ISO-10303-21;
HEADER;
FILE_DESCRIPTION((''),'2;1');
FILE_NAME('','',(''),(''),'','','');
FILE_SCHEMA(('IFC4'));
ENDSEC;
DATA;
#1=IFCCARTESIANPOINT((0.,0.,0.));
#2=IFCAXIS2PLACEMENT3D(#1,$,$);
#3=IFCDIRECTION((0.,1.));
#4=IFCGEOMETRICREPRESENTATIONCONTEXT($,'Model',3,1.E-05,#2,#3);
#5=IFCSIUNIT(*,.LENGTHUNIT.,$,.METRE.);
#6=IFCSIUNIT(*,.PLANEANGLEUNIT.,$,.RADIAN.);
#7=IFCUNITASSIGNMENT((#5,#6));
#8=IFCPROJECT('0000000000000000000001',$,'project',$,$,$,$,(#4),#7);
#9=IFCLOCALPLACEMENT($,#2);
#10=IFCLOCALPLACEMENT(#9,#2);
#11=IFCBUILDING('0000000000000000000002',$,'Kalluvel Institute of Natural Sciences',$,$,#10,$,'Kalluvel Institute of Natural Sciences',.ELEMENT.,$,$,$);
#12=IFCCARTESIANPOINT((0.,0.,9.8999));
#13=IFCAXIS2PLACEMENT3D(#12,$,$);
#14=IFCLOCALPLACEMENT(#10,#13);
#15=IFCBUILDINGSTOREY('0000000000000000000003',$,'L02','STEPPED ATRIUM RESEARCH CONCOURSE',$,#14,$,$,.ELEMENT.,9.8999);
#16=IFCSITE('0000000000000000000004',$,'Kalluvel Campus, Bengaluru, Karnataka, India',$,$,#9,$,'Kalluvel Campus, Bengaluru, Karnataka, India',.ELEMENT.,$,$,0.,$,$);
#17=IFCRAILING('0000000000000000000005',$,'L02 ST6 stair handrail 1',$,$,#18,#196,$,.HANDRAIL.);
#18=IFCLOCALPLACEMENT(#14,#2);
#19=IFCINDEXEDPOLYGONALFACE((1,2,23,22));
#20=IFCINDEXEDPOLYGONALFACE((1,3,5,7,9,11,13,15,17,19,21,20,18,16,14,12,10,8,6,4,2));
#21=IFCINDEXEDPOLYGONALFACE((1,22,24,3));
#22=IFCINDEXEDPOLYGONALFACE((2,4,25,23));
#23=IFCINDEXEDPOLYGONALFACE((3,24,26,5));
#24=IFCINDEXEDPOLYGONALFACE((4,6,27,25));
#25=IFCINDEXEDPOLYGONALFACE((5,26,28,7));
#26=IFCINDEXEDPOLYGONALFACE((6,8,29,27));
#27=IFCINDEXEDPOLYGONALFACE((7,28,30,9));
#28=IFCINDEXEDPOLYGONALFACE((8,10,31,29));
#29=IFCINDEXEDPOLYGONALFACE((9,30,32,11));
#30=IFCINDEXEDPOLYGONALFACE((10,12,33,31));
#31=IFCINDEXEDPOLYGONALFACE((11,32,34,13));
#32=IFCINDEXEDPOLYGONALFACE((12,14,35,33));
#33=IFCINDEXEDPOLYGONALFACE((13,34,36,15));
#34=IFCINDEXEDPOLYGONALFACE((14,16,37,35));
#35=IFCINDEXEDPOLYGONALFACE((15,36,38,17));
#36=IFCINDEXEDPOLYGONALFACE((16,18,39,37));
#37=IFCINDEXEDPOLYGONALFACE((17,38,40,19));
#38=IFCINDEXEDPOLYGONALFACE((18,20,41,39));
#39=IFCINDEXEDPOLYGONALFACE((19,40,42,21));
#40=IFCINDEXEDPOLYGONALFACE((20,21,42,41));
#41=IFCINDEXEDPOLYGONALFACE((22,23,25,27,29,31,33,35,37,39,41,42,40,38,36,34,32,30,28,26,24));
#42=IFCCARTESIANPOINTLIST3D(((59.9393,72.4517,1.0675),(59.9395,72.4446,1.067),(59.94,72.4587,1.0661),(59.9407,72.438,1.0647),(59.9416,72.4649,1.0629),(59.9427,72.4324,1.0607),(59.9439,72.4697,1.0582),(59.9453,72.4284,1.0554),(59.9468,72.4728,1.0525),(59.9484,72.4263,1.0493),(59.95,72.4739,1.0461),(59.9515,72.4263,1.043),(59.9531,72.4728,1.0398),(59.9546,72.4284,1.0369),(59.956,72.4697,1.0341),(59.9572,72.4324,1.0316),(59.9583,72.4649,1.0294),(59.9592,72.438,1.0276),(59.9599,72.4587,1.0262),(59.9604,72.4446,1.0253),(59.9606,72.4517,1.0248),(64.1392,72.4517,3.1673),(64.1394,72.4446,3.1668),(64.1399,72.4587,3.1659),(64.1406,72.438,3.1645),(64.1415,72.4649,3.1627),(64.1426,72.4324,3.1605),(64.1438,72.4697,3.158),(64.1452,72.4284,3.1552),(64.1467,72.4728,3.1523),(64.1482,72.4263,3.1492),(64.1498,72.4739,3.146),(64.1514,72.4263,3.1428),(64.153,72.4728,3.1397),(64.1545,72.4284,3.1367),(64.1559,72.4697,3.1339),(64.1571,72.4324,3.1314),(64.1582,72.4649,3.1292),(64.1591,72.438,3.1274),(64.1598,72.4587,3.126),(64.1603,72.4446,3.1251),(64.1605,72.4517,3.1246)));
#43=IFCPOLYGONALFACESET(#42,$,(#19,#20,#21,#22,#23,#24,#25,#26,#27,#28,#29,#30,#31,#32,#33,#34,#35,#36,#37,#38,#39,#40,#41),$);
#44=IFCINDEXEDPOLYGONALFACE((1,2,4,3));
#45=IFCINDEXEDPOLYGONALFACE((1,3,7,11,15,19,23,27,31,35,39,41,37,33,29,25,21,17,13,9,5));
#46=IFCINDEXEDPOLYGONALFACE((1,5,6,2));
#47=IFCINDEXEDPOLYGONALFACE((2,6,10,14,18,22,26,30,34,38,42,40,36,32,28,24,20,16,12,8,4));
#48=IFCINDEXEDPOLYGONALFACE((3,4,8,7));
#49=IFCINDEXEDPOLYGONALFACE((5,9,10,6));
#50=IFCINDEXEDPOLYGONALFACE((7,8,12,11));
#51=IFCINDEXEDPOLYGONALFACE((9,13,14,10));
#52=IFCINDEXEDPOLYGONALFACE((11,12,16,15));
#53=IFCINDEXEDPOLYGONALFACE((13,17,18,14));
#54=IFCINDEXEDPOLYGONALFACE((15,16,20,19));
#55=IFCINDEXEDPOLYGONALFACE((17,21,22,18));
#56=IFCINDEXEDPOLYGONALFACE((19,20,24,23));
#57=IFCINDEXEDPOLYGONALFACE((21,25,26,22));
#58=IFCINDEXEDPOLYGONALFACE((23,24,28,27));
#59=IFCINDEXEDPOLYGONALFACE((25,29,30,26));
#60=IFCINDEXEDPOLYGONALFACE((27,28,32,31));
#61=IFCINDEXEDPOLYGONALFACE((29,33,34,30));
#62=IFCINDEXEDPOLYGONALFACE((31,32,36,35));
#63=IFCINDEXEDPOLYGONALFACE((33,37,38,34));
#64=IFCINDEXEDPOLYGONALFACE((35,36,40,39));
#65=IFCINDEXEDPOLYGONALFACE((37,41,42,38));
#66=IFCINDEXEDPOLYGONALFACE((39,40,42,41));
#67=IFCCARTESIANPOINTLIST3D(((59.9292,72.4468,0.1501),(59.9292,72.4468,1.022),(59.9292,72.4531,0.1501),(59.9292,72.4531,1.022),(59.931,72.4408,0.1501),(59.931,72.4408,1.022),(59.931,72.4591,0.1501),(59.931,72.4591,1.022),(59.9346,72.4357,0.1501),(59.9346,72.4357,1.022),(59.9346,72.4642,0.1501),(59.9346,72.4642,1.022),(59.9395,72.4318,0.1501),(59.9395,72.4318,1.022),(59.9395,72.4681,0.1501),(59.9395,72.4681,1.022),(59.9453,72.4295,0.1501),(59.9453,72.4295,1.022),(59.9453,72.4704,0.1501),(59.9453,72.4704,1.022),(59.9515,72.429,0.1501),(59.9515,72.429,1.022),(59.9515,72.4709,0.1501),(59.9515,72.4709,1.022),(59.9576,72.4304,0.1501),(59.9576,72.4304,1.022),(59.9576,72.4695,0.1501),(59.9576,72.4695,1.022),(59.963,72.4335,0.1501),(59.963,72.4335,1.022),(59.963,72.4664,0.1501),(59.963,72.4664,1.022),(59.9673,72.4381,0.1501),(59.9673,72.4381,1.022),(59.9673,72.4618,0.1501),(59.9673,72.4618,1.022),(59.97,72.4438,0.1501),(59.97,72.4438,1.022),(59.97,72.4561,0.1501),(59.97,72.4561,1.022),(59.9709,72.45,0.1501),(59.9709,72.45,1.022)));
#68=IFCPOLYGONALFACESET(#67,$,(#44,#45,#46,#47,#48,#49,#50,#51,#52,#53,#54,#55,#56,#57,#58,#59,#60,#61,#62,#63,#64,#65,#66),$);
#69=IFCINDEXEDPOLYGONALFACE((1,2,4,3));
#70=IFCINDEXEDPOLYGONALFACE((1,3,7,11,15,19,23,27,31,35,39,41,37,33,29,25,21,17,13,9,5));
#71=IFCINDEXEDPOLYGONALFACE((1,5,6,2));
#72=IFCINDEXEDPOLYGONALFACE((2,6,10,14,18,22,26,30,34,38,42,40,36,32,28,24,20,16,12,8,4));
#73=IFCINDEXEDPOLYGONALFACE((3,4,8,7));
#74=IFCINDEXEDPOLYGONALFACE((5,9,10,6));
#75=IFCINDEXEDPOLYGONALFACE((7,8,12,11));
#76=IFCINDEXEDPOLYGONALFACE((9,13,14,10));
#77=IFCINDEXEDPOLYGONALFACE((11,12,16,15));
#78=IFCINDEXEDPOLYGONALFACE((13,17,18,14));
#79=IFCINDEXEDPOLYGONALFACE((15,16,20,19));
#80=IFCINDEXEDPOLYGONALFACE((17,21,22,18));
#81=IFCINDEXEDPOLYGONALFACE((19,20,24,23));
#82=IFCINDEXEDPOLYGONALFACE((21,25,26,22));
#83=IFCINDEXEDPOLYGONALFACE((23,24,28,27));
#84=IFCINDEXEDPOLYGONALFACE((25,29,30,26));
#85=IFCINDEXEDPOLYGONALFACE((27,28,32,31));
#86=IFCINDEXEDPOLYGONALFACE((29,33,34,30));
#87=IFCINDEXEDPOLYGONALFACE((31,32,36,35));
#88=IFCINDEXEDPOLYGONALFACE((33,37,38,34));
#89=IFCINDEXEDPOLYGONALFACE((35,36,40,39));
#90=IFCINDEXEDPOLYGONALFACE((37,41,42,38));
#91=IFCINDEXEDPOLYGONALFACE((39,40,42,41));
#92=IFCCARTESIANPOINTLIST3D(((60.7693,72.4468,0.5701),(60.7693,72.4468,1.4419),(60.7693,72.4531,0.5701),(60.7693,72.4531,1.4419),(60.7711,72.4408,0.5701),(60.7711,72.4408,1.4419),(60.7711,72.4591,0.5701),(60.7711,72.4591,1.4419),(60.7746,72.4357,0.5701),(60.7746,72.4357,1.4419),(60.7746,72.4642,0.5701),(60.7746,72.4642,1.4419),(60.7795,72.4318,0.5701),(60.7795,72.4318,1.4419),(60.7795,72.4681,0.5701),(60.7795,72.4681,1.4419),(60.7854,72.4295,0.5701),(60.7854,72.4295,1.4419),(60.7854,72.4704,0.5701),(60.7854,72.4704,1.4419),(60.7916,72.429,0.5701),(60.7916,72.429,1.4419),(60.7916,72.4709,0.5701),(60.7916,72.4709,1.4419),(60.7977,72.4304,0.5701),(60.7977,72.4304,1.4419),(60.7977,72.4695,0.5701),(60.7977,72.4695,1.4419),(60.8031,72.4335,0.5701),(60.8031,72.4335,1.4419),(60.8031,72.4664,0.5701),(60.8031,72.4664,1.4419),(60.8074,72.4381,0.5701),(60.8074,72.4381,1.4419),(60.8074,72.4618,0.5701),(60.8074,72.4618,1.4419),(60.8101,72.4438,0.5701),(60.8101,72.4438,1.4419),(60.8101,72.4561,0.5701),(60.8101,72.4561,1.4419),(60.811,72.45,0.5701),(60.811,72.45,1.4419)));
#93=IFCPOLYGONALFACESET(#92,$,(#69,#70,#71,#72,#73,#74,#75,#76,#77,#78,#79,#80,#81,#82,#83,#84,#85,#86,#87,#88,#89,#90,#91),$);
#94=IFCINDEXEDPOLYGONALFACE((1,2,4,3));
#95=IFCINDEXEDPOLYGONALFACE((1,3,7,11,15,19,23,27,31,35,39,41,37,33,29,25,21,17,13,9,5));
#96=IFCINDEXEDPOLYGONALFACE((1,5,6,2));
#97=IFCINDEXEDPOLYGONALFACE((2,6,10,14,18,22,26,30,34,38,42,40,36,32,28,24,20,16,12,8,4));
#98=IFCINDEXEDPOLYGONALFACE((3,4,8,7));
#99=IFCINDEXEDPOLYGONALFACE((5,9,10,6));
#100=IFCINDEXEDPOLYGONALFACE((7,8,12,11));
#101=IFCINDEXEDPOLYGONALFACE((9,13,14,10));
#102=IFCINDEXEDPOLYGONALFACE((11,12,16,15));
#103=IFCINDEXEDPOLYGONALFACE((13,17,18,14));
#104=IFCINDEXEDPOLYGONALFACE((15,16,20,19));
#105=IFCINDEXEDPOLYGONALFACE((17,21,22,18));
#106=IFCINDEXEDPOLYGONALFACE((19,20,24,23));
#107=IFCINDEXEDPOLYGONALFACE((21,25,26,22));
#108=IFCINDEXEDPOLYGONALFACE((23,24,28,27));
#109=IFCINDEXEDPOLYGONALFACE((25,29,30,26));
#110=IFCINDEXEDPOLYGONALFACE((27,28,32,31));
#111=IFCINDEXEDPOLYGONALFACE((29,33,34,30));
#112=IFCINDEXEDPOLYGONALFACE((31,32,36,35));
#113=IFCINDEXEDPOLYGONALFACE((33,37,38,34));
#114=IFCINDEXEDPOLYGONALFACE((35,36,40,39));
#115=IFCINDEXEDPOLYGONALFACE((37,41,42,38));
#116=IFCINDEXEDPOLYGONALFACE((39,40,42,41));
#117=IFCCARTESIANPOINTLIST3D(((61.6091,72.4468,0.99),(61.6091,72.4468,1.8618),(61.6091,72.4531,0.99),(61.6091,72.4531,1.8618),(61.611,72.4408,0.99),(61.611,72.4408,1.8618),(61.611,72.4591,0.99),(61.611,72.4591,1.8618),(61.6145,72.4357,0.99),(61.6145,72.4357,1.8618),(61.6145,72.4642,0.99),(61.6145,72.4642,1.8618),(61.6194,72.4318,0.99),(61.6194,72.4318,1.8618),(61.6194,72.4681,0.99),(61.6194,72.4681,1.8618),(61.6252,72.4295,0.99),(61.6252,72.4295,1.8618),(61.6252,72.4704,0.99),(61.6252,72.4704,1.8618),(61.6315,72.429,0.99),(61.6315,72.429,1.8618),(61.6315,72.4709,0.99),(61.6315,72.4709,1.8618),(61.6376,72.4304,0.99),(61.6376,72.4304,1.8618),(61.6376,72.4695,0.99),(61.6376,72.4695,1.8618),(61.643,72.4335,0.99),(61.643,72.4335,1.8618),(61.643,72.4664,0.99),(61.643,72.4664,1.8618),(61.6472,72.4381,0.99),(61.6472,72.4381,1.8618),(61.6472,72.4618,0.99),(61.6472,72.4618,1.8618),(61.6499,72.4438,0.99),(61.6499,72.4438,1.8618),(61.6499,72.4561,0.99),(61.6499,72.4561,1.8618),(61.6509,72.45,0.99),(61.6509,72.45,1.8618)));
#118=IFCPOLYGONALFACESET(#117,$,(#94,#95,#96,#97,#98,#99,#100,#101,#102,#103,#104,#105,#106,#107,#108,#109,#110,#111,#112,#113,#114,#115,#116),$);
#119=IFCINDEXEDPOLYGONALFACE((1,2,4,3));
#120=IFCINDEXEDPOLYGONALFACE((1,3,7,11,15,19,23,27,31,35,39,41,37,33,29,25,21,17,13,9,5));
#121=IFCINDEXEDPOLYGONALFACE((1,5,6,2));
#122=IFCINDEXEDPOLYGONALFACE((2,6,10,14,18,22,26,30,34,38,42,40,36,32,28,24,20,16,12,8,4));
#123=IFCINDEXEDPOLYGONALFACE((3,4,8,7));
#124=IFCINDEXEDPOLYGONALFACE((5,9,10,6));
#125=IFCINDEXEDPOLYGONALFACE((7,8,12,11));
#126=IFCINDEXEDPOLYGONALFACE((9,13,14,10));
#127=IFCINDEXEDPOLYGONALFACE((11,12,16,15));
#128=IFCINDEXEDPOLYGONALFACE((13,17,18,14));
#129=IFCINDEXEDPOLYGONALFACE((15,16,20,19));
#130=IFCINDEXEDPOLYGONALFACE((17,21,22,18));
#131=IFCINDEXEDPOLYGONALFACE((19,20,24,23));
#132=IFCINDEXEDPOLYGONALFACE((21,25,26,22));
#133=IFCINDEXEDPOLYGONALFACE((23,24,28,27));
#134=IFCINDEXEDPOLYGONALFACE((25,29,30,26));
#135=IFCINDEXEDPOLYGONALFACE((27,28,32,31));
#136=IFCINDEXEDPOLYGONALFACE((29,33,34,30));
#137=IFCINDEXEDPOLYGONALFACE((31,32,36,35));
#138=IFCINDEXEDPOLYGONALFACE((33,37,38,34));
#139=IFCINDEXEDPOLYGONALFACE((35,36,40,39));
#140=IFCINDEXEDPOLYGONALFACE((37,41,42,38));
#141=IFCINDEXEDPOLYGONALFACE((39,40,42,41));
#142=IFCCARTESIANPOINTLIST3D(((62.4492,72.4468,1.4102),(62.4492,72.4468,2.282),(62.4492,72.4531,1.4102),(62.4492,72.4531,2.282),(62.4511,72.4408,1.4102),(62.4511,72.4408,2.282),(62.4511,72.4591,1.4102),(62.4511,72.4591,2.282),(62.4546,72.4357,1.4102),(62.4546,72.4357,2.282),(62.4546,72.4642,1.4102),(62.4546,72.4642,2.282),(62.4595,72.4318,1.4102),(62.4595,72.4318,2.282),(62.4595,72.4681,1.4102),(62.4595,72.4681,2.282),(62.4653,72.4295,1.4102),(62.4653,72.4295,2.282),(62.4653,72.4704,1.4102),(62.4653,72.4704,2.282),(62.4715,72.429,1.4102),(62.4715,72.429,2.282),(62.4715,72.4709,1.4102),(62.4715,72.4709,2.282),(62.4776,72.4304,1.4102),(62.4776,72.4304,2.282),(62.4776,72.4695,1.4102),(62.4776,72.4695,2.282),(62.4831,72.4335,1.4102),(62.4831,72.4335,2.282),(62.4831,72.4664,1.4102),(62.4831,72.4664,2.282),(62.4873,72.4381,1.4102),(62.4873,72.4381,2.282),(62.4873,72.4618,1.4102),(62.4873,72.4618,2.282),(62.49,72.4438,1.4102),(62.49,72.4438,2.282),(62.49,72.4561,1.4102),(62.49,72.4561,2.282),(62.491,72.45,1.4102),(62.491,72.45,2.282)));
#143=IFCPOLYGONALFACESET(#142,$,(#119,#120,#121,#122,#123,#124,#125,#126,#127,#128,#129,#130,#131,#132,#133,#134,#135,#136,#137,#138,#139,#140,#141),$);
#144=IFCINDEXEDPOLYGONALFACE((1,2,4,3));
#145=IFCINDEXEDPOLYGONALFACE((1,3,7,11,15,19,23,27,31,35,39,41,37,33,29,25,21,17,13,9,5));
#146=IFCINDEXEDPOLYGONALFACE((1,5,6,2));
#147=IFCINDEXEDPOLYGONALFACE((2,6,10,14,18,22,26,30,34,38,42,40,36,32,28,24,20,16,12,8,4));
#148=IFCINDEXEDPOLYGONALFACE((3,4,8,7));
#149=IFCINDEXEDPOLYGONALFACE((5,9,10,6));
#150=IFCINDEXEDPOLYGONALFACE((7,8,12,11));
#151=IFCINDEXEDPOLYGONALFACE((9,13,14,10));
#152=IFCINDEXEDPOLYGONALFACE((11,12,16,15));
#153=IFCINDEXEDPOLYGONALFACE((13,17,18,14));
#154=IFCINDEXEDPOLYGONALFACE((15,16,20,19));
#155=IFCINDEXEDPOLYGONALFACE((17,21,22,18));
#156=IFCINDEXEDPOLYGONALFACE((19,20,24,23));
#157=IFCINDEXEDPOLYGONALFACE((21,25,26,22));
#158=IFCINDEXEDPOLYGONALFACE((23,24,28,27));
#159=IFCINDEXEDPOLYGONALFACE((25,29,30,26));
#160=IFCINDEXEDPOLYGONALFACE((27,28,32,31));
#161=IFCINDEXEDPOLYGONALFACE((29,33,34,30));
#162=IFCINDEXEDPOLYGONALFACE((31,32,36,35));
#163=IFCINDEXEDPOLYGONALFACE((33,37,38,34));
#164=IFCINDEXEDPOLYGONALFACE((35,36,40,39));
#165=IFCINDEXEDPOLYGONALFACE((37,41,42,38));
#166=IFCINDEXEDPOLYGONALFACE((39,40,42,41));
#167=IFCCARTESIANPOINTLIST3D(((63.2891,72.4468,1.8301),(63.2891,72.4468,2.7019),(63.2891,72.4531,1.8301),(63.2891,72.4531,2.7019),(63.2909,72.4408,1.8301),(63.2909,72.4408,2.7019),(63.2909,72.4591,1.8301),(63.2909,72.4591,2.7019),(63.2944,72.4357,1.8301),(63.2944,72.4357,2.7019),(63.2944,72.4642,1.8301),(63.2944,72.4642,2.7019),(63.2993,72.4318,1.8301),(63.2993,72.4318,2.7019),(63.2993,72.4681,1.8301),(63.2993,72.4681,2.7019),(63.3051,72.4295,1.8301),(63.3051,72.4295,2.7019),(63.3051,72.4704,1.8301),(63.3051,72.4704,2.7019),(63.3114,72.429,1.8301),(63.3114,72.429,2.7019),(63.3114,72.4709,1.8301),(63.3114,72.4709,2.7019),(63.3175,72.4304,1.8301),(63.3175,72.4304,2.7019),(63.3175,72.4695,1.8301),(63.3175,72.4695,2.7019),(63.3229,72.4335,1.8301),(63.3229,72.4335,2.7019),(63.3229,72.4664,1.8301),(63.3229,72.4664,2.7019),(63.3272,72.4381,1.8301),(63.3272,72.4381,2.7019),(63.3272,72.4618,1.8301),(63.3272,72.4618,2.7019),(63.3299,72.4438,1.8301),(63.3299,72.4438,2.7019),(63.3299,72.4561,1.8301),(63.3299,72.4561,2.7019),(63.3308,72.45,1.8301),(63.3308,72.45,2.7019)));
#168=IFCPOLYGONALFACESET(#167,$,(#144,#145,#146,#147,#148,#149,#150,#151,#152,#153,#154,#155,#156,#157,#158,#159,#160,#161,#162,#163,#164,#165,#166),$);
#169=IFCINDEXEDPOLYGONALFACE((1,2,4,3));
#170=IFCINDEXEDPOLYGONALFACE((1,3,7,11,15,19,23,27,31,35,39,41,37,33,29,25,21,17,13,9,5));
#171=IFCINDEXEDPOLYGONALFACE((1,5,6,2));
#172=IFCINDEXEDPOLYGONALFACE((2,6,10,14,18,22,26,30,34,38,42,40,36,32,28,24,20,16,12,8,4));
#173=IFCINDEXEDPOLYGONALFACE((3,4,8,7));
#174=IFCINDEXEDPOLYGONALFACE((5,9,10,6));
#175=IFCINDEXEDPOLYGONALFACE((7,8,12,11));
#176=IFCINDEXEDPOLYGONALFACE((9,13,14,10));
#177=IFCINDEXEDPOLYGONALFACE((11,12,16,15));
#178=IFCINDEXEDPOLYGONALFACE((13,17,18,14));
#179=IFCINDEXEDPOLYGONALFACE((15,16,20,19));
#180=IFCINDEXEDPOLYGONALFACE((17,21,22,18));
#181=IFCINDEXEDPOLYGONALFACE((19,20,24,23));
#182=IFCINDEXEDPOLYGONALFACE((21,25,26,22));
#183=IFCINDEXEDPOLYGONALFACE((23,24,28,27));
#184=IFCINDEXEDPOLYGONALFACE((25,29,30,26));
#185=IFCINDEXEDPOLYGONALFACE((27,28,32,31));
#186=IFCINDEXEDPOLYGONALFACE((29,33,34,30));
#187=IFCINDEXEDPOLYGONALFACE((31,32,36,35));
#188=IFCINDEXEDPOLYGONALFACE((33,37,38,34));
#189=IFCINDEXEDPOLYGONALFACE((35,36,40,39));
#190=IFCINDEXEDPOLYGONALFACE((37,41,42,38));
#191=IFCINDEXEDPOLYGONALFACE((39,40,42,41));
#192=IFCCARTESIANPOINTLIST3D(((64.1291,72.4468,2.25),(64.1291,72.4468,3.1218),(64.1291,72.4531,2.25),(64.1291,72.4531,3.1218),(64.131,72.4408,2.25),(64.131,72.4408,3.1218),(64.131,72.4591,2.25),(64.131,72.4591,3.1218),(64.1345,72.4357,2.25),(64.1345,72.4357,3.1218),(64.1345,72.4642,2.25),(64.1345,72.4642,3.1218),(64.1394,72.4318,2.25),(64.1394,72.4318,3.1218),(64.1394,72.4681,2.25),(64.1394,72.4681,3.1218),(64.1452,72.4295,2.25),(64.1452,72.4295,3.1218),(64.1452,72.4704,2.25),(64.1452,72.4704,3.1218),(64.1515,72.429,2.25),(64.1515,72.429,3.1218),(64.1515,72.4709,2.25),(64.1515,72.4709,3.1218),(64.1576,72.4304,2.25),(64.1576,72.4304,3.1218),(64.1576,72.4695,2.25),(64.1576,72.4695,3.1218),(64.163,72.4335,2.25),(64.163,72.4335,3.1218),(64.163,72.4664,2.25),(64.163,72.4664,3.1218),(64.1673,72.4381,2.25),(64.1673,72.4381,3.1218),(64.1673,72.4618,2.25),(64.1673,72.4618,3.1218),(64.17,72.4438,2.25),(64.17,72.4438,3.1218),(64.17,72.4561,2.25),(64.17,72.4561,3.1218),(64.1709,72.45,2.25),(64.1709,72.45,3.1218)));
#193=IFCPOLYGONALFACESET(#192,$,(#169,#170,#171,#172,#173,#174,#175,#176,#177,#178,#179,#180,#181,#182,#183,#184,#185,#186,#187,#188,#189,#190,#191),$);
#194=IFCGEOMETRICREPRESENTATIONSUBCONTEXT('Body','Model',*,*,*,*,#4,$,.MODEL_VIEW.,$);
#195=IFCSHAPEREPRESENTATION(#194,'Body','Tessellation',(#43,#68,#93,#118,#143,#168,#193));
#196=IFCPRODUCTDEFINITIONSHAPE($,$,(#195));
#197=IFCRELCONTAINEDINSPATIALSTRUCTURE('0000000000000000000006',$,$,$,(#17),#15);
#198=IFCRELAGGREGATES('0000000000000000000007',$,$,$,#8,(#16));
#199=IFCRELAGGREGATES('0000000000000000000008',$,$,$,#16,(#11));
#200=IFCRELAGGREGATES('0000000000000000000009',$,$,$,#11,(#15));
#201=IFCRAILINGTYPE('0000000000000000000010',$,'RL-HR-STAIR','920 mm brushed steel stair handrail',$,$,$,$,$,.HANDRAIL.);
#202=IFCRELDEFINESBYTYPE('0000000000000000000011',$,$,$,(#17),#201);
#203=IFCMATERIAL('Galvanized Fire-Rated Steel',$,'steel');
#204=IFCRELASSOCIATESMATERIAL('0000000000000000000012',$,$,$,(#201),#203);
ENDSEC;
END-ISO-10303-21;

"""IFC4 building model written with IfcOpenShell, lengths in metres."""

from ifc_helpers import new_model, si_unit, direction, frame, origin, origin_2d, place, context, subcontext, project, spatial, circle, extrude, material, type_object, element, save


model = new_model("IFC4")

# Units and contexts
model_context = context("Model", 3, precision=1e-05, world=origin(), true_north=direction((0.0, 1.0)))
body_context = subcontext(model_context, "Body", "Model", "MODEL_VIEW")
ifc_project = project(units=[si_unit("LENGTHUNIT", "METRE"), si_unit("PLANEANGLEUNIT", "RADIAN")], contexts=[model_context])

# Site, building, storey
site_placement = place(None, origin())
site = spatial("IfcSite", under=ifc_project, at=site_placement, Name="Kalluvel Campus, Bengaluru, Karnataka, India", LongName="Kalluvel Campus, Bengaluru, Karnataka, India", CompositionType="ELEMENT", RefElevation=0.0)
building_placement = place(site_placement, origin())
building = spatial("IfcBuilding", under=site, at=building_placement, Name="Kalluvel Institute of Natural Sciences", LongName="Kalluvel Institute of Natural Sciences", CompositionType="ELEMENT")
storey_placement = place(building_placement, frame((0.0, 0.0, 9.8999)))
storey = spatial("IfcBuildingStorey", under=building, at=storey_placement, Name="L02", Description="STEPPED ATRIUM RESEARCH CONCOURSE", CompositionType="ELEMENT", Elevation=9.8999)

# Railing
ifc_material_1 = material(Name="Galvanized Fire-Rated Steel", Category="steel")
railing_type_1 = type_object("IfcRailingType", Name="RL-HR-STAIR", Description="920 mm brushed steel stair handrail", PredefinedType="HANDRAIL", material=ifc_material_1)
railing_1_placement = place(storey_placement, frame((59.95, 72.45, 0.1501)))
element("IfcRailing", 1, at=railing_1_placement, inside=storey, type_object=railing_type_1, Name="L02 ST6 stair handrail 1", PredefinedType="HANDRAIL", context=body_context, shape_type="SweptSolid", body=[
    extrude(circle(Radius=0.0239, at=origin_2d()), frame((0.0, 0.0, 0.896), z_axis=(0.894438, 0.0, 0.447193), x_axis=(0.0, 1.0, 0.0)), (0.0, 0.0, 1.0), 4.6956),
    extrude(circle(Radius=0.021, at=origin_2d()), origin(), (0.0, 0.0, 1.0), 0.8718),
    extrude(circle(Radius=0.021, at=origin_2d()), frame((0.8401, 0.0, 0.4199)), (0.0, 0.0, 1.0), 0.8718),
    extrude(circle(Radius=0.021, at=origin_2d()), frame((1.6799, 0.0, 0.8398)), (0.0, 0.0, 1.0), 0.8718),
    extrude(circle(Radius=0.021, at=origin_2d()), frame((2.52, 0.0, 1.26)), (0.0, 0.0, 1.0), 0.8718),
    extrude(circle(Radius=0.021, at=origin_2d()), frame((3.3599, 0.0, 1.6799)), (0.0, 0.0, 1.0), 0.8718),
    extrude(circle(Radius=0.021, at=origin_2d()), frame((4.2, 0.0, 2.0999)), (0.0, 0.0, 1.0), 0.8718),
])

save(model, "model.ifc")
